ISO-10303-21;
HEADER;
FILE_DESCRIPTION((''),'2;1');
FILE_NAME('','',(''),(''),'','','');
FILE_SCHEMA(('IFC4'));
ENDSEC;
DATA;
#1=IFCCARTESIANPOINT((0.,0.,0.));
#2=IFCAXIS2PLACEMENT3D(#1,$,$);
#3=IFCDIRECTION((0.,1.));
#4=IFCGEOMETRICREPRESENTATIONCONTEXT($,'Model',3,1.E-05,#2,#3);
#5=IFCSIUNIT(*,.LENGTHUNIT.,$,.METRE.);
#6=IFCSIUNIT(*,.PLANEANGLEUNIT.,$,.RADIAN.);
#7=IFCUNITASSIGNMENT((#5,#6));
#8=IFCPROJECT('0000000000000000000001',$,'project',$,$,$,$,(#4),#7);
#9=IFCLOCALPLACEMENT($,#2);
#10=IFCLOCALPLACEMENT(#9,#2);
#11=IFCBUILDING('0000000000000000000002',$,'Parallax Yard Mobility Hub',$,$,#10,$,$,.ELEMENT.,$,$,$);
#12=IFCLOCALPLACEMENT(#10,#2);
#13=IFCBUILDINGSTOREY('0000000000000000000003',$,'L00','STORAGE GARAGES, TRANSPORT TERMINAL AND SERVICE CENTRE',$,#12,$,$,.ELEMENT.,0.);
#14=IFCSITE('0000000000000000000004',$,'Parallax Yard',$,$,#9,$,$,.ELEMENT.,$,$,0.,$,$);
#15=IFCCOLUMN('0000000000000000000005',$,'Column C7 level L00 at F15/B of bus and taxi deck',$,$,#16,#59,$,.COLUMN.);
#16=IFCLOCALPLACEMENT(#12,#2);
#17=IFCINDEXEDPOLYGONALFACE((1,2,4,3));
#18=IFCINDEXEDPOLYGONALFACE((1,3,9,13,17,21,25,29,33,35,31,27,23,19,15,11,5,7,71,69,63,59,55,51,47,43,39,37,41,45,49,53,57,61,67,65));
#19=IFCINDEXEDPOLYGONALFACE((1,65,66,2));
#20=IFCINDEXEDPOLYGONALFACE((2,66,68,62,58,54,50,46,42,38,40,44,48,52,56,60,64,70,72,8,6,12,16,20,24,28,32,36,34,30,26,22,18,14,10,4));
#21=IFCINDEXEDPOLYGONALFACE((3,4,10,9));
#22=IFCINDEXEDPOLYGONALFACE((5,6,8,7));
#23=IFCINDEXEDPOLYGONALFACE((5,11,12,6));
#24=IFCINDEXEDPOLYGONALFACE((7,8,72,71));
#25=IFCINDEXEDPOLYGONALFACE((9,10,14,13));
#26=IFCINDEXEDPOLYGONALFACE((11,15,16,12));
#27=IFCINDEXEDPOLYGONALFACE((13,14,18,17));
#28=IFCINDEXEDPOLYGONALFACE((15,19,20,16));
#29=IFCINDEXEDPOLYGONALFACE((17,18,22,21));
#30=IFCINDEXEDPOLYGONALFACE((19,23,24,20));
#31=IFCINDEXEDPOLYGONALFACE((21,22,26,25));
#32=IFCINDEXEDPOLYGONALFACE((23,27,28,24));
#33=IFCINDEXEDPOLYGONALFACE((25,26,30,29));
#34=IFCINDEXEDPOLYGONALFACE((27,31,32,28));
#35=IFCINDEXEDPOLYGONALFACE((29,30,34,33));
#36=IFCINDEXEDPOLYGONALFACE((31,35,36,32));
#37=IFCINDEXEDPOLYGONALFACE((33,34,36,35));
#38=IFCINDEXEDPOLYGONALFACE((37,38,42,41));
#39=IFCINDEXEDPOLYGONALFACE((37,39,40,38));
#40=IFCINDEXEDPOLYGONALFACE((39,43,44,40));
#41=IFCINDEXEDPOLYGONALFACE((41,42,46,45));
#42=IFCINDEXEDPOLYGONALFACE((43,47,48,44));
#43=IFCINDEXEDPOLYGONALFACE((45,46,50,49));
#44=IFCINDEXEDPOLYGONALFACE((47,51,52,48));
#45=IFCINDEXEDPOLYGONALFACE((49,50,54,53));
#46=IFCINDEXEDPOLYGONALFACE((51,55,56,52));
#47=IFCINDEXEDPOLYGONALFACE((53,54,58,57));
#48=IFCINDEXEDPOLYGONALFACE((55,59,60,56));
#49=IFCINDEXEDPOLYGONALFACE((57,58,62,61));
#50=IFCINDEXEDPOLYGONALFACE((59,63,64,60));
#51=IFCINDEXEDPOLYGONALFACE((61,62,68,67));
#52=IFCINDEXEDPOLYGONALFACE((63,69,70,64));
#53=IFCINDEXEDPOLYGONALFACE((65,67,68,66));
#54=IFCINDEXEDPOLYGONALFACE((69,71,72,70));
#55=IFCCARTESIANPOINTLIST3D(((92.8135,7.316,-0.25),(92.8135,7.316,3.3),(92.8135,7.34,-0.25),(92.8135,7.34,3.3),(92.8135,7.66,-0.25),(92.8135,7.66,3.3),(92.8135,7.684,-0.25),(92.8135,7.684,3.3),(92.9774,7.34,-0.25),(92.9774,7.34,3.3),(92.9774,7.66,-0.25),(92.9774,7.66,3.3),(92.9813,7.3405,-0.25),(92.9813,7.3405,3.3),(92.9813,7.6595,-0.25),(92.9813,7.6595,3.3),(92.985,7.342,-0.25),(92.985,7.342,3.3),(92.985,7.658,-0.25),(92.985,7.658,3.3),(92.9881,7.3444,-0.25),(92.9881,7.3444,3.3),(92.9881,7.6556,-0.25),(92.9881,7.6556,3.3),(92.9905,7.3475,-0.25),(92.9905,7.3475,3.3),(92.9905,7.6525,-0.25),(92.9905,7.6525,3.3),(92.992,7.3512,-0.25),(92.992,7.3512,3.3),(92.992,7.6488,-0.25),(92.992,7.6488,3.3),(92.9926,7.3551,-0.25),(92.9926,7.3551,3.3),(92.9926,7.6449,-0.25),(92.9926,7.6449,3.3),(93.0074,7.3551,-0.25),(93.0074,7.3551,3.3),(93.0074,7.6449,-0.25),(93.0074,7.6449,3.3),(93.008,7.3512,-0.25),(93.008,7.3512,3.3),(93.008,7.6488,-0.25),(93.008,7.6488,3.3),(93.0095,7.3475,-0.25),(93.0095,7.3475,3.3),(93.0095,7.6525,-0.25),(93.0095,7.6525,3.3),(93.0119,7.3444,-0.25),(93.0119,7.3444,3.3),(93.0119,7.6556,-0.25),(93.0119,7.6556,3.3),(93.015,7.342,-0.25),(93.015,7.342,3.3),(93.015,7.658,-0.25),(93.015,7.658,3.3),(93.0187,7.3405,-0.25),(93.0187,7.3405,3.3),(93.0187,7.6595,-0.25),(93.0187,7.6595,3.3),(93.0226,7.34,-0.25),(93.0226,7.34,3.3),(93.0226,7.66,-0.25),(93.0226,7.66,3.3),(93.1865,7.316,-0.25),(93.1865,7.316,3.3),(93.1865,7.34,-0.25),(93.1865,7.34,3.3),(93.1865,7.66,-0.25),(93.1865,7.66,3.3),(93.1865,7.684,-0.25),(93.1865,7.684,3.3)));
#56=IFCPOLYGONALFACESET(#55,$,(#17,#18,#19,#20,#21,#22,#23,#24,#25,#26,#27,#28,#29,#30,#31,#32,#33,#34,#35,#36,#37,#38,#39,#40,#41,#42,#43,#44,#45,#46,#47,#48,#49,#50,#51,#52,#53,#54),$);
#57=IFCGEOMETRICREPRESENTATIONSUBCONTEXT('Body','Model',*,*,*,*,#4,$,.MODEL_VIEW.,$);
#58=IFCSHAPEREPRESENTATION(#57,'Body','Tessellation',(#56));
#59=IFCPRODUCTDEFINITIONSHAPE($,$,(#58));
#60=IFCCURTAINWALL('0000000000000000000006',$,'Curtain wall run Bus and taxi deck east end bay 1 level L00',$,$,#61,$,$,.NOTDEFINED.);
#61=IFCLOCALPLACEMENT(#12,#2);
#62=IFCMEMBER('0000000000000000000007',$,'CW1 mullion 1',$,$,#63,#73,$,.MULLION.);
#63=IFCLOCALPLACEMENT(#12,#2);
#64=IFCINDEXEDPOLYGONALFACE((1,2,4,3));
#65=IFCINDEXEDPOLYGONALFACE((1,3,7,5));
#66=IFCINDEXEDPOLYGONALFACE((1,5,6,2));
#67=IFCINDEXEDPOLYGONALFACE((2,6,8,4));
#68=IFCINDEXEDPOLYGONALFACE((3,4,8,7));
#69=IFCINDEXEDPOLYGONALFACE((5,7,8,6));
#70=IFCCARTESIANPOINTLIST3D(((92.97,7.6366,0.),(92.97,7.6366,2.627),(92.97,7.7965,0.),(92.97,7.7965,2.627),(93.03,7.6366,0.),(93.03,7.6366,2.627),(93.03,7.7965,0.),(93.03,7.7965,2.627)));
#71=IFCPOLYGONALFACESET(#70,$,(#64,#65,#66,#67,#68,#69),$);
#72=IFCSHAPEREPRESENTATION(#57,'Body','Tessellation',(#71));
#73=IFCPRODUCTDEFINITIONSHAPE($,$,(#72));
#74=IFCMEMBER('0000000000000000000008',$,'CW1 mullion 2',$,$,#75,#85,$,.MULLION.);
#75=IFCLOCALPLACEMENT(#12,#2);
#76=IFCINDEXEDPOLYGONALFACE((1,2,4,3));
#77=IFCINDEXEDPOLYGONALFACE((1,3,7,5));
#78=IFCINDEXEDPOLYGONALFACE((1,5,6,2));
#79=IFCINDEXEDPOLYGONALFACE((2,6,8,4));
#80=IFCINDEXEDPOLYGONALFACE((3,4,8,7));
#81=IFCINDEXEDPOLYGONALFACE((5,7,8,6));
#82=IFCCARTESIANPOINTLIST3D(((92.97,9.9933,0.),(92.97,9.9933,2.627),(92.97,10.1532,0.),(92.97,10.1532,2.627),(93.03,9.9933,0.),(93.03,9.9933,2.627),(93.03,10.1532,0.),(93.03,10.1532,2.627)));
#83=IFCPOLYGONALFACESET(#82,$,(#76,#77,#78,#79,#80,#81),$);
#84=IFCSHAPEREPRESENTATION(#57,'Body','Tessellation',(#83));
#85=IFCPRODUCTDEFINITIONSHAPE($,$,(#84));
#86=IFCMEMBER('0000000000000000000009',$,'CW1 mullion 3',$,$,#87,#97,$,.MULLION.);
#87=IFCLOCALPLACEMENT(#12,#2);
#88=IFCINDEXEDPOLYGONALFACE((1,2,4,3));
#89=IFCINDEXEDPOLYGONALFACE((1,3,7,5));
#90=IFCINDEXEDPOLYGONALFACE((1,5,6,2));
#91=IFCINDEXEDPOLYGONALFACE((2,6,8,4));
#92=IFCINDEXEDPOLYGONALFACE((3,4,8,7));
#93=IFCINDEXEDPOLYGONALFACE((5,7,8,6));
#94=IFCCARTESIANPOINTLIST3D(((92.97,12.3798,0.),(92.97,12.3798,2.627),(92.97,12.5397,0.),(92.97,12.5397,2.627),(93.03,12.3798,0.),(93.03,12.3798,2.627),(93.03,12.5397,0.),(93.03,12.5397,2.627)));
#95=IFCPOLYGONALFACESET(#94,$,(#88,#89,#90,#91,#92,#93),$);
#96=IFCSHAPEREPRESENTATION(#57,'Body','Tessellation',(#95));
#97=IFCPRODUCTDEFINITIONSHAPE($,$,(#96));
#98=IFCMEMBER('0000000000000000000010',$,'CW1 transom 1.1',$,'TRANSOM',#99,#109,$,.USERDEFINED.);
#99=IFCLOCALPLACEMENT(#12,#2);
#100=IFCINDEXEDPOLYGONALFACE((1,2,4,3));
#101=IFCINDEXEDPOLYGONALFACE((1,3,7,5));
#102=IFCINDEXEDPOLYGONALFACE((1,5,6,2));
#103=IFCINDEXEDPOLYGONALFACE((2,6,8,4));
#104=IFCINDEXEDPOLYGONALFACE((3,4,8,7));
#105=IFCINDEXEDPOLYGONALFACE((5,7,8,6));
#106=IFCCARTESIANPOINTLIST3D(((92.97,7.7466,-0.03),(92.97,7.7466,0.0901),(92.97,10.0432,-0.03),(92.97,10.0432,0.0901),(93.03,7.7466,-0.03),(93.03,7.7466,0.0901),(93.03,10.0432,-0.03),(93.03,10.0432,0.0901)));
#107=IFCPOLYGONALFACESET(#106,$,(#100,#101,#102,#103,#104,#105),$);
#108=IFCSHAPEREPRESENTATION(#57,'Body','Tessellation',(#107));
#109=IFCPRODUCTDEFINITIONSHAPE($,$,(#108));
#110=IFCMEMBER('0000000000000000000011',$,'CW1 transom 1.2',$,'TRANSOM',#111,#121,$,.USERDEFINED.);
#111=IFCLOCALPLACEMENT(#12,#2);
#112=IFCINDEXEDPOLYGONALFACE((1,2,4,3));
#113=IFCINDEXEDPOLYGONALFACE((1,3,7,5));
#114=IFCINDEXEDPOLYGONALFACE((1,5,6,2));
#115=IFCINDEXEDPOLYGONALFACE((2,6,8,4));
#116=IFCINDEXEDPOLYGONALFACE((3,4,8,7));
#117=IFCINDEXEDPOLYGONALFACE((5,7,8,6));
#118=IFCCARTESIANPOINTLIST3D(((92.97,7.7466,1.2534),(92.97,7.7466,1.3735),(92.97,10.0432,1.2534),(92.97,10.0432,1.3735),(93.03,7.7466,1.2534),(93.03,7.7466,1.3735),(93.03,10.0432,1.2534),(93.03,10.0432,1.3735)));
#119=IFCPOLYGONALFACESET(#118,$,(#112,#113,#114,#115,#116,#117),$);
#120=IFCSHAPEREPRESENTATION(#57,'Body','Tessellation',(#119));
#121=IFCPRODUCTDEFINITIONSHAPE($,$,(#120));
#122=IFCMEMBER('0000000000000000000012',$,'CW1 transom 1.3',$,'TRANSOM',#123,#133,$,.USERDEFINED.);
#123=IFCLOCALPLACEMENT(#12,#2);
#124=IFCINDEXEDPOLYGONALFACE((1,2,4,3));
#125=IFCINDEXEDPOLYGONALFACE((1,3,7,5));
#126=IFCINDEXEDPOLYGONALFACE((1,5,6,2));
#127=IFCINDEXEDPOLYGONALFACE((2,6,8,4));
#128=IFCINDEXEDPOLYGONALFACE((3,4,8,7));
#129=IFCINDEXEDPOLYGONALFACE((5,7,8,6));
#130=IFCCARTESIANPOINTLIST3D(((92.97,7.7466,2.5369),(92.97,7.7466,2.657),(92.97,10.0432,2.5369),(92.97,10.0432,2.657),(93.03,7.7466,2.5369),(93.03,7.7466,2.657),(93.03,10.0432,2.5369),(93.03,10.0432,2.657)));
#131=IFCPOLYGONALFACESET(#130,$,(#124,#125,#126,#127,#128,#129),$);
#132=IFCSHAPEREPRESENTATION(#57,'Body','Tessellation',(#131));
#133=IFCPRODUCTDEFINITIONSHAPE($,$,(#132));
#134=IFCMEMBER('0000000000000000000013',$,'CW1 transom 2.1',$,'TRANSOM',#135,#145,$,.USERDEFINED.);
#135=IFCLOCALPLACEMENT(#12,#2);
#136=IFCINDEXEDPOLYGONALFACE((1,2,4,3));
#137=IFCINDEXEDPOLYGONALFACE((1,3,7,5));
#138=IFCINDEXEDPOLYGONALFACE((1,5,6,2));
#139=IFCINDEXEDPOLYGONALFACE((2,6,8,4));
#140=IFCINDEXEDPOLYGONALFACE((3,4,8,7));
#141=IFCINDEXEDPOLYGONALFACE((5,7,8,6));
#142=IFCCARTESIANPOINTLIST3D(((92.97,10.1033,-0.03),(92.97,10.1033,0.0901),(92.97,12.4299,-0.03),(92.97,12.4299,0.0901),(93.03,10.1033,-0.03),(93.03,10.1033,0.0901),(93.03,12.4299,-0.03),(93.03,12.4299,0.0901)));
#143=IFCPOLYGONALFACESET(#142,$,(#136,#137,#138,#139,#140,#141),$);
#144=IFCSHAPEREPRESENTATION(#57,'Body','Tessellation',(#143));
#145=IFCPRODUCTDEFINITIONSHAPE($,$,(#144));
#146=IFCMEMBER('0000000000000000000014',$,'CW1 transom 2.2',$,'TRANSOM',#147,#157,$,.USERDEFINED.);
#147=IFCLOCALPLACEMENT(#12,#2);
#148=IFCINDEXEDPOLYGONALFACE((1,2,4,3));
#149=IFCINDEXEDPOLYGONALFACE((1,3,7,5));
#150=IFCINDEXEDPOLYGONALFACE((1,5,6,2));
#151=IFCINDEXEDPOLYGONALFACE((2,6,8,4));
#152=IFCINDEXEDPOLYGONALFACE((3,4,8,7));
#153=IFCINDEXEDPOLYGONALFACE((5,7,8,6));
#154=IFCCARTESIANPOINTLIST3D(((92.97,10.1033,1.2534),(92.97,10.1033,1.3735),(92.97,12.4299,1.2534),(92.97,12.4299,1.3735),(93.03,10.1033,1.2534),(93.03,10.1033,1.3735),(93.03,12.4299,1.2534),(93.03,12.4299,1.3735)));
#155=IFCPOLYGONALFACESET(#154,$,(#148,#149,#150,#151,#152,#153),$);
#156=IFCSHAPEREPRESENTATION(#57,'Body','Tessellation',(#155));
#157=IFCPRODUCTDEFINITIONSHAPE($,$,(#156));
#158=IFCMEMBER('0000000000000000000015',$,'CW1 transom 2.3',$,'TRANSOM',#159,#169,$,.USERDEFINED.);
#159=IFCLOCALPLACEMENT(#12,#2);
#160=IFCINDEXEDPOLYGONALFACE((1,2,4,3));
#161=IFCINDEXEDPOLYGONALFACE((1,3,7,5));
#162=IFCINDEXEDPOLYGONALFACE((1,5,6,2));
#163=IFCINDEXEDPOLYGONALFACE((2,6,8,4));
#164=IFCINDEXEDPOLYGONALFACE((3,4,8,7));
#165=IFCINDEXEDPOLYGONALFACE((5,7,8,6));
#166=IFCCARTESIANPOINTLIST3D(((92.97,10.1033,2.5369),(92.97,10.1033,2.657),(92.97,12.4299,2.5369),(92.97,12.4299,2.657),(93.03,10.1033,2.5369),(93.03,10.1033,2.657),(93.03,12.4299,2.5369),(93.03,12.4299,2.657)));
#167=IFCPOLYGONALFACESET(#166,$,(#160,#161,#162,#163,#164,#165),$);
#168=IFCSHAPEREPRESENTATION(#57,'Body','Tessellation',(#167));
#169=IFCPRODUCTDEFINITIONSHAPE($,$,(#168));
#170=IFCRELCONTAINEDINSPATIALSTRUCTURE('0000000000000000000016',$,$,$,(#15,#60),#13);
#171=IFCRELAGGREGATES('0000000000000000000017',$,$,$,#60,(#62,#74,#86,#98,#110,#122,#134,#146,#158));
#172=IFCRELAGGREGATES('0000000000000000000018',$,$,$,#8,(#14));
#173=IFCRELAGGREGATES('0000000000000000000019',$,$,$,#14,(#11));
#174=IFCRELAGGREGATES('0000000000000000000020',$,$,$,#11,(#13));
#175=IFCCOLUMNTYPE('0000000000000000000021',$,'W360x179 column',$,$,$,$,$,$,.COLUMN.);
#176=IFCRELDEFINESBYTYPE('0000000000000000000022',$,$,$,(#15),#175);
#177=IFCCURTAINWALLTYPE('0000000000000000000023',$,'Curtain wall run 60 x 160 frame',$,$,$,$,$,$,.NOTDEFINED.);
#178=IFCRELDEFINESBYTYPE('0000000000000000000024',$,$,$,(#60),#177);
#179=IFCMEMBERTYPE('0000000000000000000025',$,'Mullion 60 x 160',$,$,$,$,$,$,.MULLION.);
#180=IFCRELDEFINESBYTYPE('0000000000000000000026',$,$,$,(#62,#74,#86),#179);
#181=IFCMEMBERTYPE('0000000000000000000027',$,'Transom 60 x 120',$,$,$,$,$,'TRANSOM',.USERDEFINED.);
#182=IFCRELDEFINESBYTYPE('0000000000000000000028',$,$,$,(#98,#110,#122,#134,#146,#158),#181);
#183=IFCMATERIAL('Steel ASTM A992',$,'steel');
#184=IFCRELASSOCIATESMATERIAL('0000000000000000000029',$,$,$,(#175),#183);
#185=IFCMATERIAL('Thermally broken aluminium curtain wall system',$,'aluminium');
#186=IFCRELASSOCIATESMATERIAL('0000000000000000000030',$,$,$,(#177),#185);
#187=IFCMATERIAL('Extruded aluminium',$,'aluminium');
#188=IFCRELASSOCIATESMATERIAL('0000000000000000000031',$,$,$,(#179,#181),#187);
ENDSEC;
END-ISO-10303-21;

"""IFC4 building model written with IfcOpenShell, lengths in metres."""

from ifc_helpers import new_model, si_unit, direction, frame, origin, origin_2d, place, context, subcontext, project, spatial, rectangle, i_section, extrude, material, material_profile, profile_set, type_object, element, aggregate, save


model = new_model("IFC4")

# Units and contexts
model_context = context("Model", 3, precision=1e-05, world=origin(), true_north=direction((0.0, 1.0)))
body_context = subcontext(model_context, "Body", "Model", "MODEL_VIEW")
ifc_project = project(units=[si_unit("LENGTHUNIT", "METRE"), si_unit("PLANEANGLEUNIT", "RADIAN")], contexts=[model_context])

# Site, building, storey
site_placement = place(None, origin())
site = spatial("IfcSite", under=ifc_project, at=site_placement, Name="Parallax Yard", CompositionType="ELEMENT", RefElevation=0.0)
building_placement = place(site_placement, origin())
building = spatial("IfcBuilding", under=site, at=building_placement, Name="Parallax Yard Mobility Hub", CompositionType="ELEMENT")
storey_placement = place(building_placement, origin())
storey = spatial("IfcBuildingStorey", under=building, at=storey_placement, Name="L00", Description="STORAGE GARAGES, TRANSPORT TERMINAL AND SERVICE CENTRE", CompositionType="ELEMENT", Elevation=0.0)

# Column
ifc_material_1 = material(Name="Steel ASTM A992", Category="steel")
ifc_material_profile_1 = material_profile(ifc_material_1, i_section(OverallWidth=0.373, OverallDepth=0.3679, WebThickness=0.0149, FlangeThickness=0.0239, FilletRadius=0.0151, at=origin_2d()), Name="W360x179")
ifc_profile_set_1 = profile_set([ifc_material_profile_1], Name="Steel ASTM A992")
column_type_1 = type_object("IfcColumnType", Name="W360x179 column", PredefinedType="COLUMN", material=ifc_profile_set_1)
column_1_placement = place(storey_placement, frame((93.0, 7.5, -0.25), z_axis=(0.0, 0.0, 1.0), x_axis=(1.0, 0.0, 0.0)))
element("IfcColumn", 1, at=column_1_placement, inside=storey, type_object=column_type_1, Name="Column C7 level L00 at F15/B of bus and taxi deck", PredefinedType="COLUMN", context=body_context, shape_type="SweptSolid", body=[
    extrude(i_section(OverallWidth=0.373, OverallDepth=0.3679, WebThickness=0.0149, FlangeThickness=0.0239, FilletRadius=0.0151, at=origin_2d()), origin(), (0.0, 0.0, 1.0), 3.55),
])

# Curtain wall, members
ifc_material_2 = material(Name="Thermally broken aluminium curtain wall system", Category="aluminium")
curtain_wall_type = type_object("IfcCurtainWallType", Name="Curtain wall run 60 x 160 frame", PredefinedType="NOTDEFINED", material=ifc_material_2)
curtain_wall_placement = place(storey_placement, origin())
curtain_wall = element("IfcCurtainWall", 2, at=curtain_wall_placement, inside=storey, type_object=curtain_wall_type, Name="Curtain wall run Bus and taxi deck east end bay 1 level L00", PredefinedType="NOTDEFINED")
ifc_material_3 = material(Name="Extruded aluminium", Category="aluminium")
ifc_material_profile_2 = material_profile(ifc_material_3, rectangle(XDim=0.0601, YDim=0.1599, at=origin_2d()), Name="Mullion 60 x 160")
ifc_profile_set_2 = profile_set([ifc_material_profile_2], Name="Extruded aluminium")
member_type_1 = type_object("IfcMemberType", Name="Mullion 60 x 160", PredefinedType="MULLION", material=ifc_profile_set_2)
member_1_placement = place(storey_placement, frame((93.0, 7.7166, 0.0), z_axis=(0.0, 0.0, 1.0), x_axis=(-1.0, 0.0, 0.0)))
member_1 = element("IfcMember", 3, at=member_1_placement, type_object=member_type_1, Name="CW1 mullion 1", PredefinedType="MULLION", context=body_context, shape_type="SweptSolid", body=[
    extrude(rectangle(XDim=0.0601, YDim=0.1599, at=origin_2d()), origin(), (0.0, 0.0, 1.0), 2.627),
])
member_2_placement = place(storey_placement, frame((93.0, 10.0732, 0.0), z_axis=(0.0, 0.0, 1.0), x_axis=(-1.0, 0.0, 0.0)))
member_2 = element("IfcMember", 4, at=member_2_placement, type_object=member_type_1, Name="CW1 mullion 2", PredefinedType="MULLION", context=body_context, shape_type="SweptSolid", body=[
    extrude(rectangle(XDim=0.0601, YDim=0.1599, at=origin_2d()), origin(), (0.0, 0.0, 1.0), 2.627),
])
member_3_placement = place(storey_placement, frame((93.0, 12.4597, 0.0), z_axis=(0.0, 0.0, 1.0), x_axis=(-1.0, 0.0, 0.0)))
member_3 = element("IfcMember", 5, at=member_3_placement, type_object=member_type_1, Name="CW1 mullion 3", PredefinedType="MULLION", context=body_context, shape_type="SweptSolid", body=[
    extrude(rectangle(XDim=0.0601, YDim=0.1599, at=origin_2d()), origin(), (0.0, 0.0, 1.0), 2.627),
])
ifc_material_profile_3 = material_profile(ifc_material_3, rectangle(XDim=0.0601, YDim=0.1201, at=origin_2d()), Name="Transom 60 x 120")
ifc_profile_set_3 = profile_set([ifc_material_profile_3], Name="Extruded aluminium")
member_type_2 = type_object("IfcMemberType", Name="Transom 60 x 120", ElementType="TRANSOM", PredefinedType="USERDEFINED", material=ifc_profile_set_3)
member_4_placement = place(storey_placement, frame((93.0, 7.7466, 0.03), z_axis=(0.0, 1.0, 0.0), x_axis=(-1.0, 0.0, 0.0)))
member_4 = element("IfcMember", 6, at=member_4_placement, type_object=member_type_2, Name="CW1 transom 1.1", ObjectType="TRANSOM", PredefinedType="USERDEFINED", context=body_context, shape_type="SweptSolid", body=[
    extrude(rectangle(XDim=0.0601, YDim=0.1201, at=origin_2d()), origin(), (0.0, 0.0, 1.0), 2.2966),
])
member_5_placement = place(storey_placement, frame((93.0, 7.7466, 1.3135), z_axis=(0.0, 1.0, 0.0), x_axis=(-1.0, 0.0, 0.0)))
member_5 = element("IfcMember", 7, at=member_5_placement, type_object=member_type_2, Name="CW1 transom 1.2", ObjectType="TRANSOM", PredefinedType="USERDEFINED", context=body_context, shape_type="SweptSolid", body=[
    extrude(rectangle(XDim=0.0601, YDim=0.1201, at=origin_2d()), origin(), (0.0, 0.0, 1.0), 2.2966),
])
member_6_placement = place(storey_placement, frame((93.0, 7.7466, 2.5969), z_axis=(0.0, 1.0, 0.0), x_axis=(-1.0, 0.0, 0.0)))
member_6 = element("IfcMember", 8, at=member_6_placement, type_object=member_type_2, Name="CW1 transom 1.3", ObjectType="TRANSOM", PredefinedType="USERDEFINED", context=body_context, shape_type="SweptSolid", body=[
    extrude(rectangle(XDim=0.0601, YDim=0.1201, at=origin_2d()), origin(), (0.0, 0.0, 1.0), 2.2966),
])
member_7_placement = place(storey_placement, frame((93.0, 10.1033, 0.03), z_axis=(0.0, 1.0, 0.0), x_axis=(-1.0, 0.0, 0.0)))
member_7 = element("IfcMember", 9, at=member_7_placement, type_object=member_type_2, Name="CW1 transom 2.1", ObjectType="TRANSOM", PredefinedType="USERDEFINED", context=body_context, shape_type="SweptSolid", body=[
    extrude(rectangle(XDim=0.0601, YDim=0.1201, at=origin_2d()), origin(), (0.0, 0.0, 1.0), 2.3267),
])
member_8_placement = place(storey_placement, frame((93.0, 10.1033, 1.3135), z_axis=(0.0, 1.0, 0.0), x_axis=(-1.0, 0.0, 0.0)))
member_8 = element("IfcMember", 10, at=member_8_placement, type_object=member_type_2, Name="CW1 transom 2.2", ObjectType="TRANSOM", PredefinedType="USERDEFINED", context=body_context, shape_type="SweptSolid", body=[
    extrude(rectangle(XDim=0.0601, YDim=0.1201, at=origin_2d()), origin(), (0.0, 0.0, 1.0), 2.3267),
])
member_9_placement = place(storey_placement, frame((93.0, 10.1033, 2.5969), z_axis=(0.0, 1.0, 0.0), x_axis=(-1.0, 0.0, 0.0)))
member_9 = element("IfcMember", 11, at=member_9_placement, type_object=member_type_2, Name="CW1 transom 2.3", ObjectType="TRANSOM", PredefinedType="USERDEFINED", context=body_context, shape_type="SweptSolid", body=[
    extrude(rectangle(XDim=0.0601, YDim=0.1201, at=origin_2d()), origin(), (0.0, 0.0, 1.0), 2.3267),
])

aggregate(curtain_wall, [member_1, member_2, member_3, member_4, member_5, member_6, member_7, member_8, member_9])

save(model, "model.ifc")
